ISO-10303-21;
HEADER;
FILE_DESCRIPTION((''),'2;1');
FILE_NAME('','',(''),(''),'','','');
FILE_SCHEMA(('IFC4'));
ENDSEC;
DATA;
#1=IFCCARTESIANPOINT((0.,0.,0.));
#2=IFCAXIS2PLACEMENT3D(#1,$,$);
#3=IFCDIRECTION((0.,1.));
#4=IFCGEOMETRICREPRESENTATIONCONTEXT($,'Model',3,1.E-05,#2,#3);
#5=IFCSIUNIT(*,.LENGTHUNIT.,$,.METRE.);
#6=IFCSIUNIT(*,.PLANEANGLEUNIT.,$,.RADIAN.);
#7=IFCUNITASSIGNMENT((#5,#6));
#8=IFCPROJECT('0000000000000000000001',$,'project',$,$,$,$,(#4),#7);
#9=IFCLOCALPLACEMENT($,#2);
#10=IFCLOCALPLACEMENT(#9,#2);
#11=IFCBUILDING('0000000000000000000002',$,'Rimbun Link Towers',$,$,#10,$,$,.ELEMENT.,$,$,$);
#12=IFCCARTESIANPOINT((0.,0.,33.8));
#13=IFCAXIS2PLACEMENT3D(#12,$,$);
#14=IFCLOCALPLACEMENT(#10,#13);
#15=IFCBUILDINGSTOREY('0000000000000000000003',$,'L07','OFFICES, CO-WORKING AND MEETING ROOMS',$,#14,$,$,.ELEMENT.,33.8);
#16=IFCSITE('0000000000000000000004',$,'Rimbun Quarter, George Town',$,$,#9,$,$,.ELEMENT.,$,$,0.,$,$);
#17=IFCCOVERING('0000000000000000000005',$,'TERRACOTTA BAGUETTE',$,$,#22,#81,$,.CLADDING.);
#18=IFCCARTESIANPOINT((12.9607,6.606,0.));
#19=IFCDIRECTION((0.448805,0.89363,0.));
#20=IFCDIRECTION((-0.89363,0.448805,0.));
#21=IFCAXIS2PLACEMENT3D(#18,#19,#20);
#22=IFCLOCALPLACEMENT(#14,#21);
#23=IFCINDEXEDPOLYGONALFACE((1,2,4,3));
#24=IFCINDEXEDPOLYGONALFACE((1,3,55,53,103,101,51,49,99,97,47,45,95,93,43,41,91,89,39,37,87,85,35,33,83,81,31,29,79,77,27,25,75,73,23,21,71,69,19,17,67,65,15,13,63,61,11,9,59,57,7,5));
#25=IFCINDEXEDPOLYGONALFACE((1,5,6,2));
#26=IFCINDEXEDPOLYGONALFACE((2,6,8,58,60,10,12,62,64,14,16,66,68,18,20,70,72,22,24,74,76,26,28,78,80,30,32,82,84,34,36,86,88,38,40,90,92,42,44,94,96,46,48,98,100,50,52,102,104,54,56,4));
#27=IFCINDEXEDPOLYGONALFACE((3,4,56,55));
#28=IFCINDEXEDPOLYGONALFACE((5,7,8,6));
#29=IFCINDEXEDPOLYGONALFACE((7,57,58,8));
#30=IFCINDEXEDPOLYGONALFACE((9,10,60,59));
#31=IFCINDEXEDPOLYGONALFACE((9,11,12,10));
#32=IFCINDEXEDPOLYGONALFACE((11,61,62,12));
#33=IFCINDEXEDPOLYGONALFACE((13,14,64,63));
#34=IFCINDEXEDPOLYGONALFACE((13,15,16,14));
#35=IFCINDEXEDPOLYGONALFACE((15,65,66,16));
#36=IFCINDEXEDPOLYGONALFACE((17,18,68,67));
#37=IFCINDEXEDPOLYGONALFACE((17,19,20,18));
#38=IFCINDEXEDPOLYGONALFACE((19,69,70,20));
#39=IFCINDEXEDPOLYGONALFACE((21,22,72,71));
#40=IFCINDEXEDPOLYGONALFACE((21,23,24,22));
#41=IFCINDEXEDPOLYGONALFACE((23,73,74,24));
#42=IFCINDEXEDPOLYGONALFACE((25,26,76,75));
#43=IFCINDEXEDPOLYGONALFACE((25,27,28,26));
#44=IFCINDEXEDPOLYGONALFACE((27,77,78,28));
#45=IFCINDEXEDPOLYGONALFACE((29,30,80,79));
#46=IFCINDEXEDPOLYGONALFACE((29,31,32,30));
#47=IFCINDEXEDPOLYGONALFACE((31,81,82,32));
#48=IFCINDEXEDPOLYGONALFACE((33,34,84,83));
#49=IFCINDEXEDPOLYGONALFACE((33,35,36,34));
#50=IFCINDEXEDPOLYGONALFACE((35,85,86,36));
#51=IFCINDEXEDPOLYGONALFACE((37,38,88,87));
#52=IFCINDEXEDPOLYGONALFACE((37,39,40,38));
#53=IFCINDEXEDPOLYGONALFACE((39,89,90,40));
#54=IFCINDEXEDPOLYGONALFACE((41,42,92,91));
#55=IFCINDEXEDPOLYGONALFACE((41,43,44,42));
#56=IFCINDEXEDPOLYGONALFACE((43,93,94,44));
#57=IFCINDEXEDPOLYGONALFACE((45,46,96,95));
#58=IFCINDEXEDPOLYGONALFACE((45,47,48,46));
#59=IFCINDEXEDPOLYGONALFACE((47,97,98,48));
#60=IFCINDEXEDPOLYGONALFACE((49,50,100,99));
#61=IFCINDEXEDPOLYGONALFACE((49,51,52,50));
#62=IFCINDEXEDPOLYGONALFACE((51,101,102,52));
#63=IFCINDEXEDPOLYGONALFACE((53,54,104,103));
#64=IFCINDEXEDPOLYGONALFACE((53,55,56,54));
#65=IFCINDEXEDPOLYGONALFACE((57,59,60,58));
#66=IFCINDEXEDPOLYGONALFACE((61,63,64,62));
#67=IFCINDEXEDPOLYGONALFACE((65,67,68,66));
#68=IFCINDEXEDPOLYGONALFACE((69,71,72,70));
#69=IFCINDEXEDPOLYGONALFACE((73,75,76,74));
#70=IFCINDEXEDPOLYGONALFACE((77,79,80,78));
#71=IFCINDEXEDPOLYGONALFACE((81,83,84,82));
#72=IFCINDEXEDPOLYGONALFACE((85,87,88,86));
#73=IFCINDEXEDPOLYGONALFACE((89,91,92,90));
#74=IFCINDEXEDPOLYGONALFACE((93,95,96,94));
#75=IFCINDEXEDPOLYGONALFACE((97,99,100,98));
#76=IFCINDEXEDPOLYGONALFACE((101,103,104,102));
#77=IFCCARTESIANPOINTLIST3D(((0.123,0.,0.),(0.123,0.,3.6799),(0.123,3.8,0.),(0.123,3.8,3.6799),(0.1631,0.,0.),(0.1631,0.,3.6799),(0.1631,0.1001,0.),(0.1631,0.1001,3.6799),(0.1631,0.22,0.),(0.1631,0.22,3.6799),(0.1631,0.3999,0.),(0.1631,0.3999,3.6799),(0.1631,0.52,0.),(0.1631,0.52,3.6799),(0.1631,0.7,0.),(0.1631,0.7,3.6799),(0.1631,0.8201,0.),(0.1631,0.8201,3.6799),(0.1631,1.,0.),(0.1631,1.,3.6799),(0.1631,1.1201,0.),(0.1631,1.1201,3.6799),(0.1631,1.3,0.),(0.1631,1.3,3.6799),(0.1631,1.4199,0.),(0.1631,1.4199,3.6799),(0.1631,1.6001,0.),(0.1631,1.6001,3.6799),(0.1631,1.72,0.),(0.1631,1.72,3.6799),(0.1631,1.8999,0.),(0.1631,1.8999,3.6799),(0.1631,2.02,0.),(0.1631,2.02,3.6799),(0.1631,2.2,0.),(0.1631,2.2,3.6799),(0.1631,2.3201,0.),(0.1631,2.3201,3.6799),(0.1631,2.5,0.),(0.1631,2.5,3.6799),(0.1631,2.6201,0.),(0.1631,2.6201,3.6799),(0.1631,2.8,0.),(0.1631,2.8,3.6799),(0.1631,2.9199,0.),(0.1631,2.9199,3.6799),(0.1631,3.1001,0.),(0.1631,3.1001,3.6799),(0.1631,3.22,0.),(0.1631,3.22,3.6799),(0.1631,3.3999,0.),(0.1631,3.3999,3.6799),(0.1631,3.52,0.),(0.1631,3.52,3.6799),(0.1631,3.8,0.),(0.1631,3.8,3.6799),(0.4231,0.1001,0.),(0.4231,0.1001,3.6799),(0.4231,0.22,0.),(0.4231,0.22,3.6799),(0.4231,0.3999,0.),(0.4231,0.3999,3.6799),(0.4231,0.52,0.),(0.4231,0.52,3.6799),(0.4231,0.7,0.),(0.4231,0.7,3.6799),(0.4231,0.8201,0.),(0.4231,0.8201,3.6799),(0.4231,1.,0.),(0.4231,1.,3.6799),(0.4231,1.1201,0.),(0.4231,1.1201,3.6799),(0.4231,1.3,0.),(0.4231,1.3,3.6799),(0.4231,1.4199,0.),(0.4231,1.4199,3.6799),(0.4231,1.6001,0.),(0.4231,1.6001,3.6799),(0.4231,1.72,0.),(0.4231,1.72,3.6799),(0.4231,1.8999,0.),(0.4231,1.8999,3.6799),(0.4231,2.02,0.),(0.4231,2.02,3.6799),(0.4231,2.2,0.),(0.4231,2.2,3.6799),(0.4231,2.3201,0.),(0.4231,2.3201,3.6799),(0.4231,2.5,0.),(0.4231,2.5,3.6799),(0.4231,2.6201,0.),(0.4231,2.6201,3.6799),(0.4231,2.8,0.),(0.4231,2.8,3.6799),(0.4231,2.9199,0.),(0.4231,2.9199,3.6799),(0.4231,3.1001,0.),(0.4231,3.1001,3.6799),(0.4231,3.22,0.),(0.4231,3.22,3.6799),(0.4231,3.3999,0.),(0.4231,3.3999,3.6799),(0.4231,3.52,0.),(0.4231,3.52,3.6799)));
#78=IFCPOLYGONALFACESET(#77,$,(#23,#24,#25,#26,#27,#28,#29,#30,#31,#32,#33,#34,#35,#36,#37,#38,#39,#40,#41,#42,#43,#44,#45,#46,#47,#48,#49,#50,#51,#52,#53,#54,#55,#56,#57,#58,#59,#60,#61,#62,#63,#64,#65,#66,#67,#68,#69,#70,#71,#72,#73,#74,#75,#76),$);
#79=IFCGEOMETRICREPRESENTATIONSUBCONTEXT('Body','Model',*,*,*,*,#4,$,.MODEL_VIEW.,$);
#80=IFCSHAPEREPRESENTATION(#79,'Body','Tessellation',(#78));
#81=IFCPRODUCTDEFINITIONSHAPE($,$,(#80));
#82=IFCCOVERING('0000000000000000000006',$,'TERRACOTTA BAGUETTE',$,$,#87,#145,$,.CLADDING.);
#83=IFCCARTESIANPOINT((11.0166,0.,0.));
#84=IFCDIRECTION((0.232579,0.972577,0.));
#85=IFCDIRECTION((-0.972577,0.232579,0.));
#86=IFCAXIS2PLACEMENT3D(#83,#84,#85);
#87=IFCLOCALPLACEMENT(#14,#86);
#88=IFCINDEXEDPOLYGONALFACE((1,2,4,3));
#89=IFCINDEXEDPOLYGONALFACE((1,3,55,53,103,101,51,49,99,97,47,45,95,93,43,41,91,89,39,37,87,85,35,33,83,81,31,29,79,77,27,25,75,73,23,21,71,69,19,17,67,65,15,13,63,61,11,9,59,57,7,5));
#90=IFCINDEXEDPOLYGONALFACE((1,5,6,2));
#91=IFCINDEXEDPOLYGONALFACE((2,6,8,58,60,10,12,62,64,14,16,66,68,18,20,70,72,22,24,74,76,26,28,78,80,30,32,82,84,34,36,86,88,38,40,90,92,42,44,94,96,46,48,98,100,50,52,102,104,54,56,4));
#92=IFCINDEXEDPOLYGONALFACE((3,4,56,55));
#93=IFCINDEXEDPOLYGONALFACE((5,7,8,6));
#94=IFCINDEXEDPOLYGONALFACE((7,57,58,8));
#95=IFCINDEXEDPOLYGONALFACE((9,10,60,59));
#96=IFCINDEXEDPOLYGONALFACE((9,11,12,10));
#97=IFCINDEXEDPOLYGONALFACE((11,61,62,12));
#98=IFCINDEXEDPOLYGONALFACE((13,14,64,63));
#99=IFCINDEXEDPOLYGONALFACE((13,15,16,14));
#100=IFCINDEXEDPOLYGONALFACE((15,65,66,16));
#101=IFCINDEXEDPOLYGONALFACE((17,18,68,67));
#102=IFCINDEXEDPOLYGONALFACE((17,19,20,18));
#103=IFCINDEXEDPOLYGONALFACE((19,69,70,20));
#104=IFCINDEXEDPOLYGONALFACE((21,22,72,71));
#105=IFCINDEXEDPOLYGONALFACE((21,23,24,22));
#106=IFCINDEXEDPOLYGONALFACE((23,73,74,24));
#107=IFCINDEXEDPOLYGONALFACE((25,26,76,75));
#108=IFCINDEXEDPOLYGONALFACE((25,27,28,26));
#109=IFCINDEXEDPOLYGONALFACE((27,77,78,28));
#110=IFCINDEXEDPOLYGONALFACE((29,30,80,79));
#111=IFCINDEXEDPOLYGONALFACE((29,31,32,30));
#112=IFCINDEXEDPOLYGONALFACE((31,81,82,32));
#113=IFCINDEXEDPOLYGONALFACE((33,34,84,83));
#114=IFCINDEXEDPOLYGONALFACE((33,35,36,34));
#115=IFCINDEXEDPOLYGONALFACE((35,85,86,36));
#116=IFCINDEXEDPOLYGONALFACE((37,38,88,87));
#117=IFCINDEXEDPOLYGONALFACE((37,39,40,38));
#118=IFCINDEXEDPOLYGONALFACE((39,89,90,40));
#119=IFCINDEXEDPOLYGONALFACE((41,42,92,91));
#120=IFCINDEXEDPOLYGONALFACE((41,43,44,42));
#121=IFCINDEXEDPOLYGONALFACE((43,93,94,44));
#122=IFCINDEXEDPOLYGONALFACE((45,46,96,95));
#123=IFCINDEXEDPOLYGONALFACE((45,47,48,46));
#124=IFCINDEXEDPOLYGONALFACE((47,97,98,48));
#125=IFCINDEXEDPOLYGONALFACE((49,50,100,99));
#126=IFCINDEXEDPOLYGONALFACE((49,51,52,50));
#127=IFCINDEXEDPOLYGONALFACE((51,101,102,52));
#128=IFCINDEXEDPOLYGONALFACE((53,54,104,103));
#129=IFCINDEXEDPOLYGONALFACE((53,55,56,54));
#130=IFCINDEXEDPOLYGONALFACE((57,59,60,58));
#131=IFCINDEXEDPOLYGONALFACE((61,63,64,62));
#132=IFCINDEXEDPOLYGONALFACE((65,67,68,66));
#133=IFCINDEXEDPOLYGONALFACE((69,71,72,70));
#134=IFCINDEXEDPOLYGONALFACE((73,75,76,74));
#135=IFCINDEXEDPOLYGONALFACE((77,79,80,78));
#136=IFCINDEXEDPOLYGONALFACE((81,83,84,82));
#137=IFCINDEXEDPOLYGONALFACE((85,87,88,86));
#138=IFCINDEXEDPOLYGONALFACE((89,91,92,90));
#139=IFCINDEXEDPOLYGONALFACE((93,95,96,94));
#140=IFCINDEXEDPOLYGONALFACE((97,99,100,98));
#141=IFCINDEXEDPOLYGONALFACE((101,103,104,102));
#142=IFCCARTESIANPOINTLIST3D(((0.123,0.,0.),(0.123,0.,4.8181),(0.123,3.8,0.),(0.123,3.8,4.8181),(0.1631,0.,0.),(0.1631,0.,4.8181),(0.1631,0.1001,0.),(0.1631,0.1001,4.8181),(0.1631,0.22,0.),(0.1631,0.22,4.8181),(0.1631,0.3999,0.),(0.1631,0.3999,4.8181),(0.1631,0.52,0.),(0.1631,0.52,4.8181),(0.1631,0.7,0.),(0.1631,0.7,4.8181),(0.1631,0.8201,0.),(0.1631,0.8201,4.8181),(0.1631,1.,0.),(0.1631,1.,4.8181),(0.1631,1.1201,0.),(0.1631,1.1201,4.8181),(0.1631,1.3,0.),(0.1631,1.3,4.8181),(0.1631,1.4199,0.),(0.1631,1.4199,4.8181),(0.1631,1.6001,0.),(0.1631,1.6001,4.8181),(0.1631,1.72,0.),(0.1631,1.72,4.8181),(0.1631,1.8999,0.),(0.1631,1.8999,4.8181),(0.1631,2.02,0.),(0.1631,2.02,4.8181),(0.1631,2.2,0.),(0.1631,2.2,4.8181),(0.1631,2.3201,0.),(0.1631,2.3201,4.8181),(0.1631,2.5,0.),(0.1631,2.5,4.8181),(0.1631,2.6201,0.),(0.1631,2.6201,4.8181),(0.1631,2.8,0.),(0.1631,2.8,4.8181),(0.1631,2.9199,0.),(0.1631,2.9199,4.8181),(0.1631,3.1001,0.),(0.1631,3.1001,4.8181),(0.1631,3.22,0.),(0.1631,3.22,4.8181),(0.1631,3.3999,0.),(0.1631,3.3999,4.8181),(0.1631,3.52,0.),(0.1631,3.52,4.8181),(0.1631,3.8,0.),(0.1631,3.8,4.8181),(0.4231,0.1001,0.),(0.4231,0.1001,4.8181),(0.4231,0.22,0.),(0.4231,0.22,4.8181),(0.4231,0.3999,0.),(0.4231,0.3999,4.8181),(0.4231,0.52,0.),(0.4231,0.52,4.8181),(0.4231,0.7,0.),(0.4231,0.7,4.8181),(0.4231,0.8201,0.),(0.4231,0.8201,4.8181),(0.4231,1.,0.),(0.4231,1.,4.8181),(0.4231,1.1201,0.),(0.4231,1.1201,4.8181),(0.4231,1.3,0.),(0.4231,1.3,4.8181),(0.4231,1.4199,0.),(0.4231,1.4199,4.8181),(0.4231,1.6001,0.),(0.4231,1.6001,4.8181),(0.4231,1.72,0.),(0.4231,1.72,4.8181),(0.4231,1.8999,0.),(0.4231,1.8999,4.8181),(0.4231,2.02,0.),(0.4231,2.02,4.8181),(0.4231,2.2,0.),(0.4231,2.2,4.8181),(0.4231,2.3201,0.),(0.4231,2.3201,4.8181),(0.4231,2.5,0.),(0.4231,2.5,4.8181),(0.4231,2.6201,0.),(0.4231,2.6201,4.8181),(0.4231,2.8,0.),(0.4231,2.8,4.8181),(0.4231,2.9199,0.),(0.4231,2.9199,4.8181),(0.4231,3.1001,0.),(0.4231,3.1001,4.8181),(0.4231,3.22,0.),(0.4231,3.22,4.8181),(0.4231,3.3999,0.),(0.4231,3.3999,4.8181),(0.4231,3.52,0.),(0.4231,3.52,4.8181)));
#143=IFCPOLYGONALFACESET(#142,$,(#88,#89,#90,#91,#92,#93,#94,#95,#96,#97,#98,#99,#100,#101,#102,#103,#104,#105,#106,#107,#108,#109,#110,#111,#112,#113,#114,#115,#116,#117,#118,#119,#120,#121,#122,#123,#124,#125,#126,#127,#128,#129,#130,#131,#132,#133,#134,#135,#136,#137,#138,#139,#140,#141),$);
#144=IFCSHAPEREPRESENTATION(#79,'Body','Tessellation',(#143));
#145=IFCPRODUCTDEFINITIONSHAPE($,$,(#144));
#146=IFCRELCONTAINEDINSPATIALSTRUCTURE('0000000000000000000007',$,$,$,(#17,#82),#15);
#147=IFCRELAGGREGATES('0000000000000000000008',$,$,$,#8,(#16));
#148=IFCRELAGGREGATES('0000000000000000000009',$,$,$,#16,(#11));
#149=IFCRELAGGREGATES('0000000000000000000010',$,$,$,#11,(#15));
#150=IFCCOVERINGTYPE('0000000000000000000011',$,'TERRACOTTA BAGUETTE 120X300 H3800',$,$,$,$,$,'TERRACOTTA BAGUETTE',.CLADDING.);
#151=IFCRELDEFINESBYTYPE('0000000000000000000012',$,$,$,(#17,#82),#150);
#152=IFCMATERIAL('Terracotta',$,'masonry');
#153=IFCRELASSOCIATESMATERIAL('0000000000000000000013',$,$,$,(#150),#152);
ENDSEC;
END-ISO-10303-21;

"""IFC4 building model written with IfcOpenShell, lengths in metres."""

from ifc_helpers import new_model, si_unit, direction, frame, origin, place, context, subcontext, project, spatial, polyline, outline, extrude, material, material_profile, profile_set, type_object, element, save


model = new_model("IFC4")

# Units and contexts
model_context = context("Model", 3, precision=1e-05, world=origin(), true_north=direction((0.0, 1.0)))
body_context = subcontext(model_context, "Body", "Model", "MODEL_VIEW")
ifc_project = project(units=[si_unit("LENGTHUNIT", "METRE"), si_unit("PLANEANGLEUNIT", "RADIAN")], contexts=[model_context])

# Site, building, storey
site_placement = place(None, origin())
site = spatial("IfcSite", under=ifc_project, at=site_placement, Name="Rimbun Quarter, George Town", CompositionType="ELEMENT", RefElevation=0.0)
building_placement = place(site_placement, origin())
building = spatial("IfcBuilding", under=site, at=building_placement, Name="Rimbun Link Towers", CompositionType="ELEMENT")
storey_placement = place(building_placement, frame((0.0, 0.0, 33.8)))
storey = spatial("IfcBuildingStorey", under=building, at=storey_placement, Name="L07", Description="OFFICES, CO-WORKING AND MEETING ROOMS", CompositionType="ELEMENT", Elevation=33.8)

# Coverings
ifc_material_1 = material(Name="Terracotta", Category="masonry")
ifc_material_profile_1 = material_profile(ifc_material_1, outline(polyline([(0.123, 0.0), (0.1631, 0.0), (0.1631, 0.1001), (0.4231, 0.1001), (0.4231, 0.22), (0.1631, 0.22), (0.1631, 0.3999), (0.4231, 0.3999), (0.4231, 0.52), (0.1631, 0.52), (0.1631, 0.7), (0.4231, 0.7), (0.4231, 0.8201), (0.1631, 0.8201), (0.1631, 1.0), (0.4231, 1.0), (0.4231, 1.1201), (0.1631, 1.1201), (0.1631, 1.3), (0.4231, 1.3), (0.4231, 1.4199), (0.1631, 1.4199), (0.1631, 1.6001), (0.4231, 1.6001), (0.4231, 1.72), (0.1631, 1.72), (0.1631, 1.8999), (0.4231, 1.8999), (0.4231, 2.02), (0.1631, 2.02), (0.1631, 2.2), (0.4231, 2.2), (0.4231, 2.3201), (0.1631, 2.3201), (0.1631, 2.5), (0.4231, 2.5), (0.4231, 2.6201), (0.1631, 2.6201), (0.1631, 2.8), (0.4231, 2.8), (0.4231, 2.9199), (0.1631, 2.9199), (0.1631, 3.1001), (0.4231, 3.1001), (0.4231, 3.22), (0.1631, 3.22), (0.1631, 3.3999), (0.4231, 3.3999), (0.4231, 3.52), (0.1631, 3.52), (0.1631, 3.8), (0.123, 3.8), (0.123, 0.0)])), Name="BAGUETTE 120X300")
ifc_profile_set_1 = profile_set([ifc_material_profile_1], Name="Terracotta")
covering_type_1 = type_object("IfcCoveringType", Name="TERRACOTTA BAGUETTE 120X300 H3800", ElementType="TERRACOTTA BAGUETTE", PredefinedType="CLADDING", material=ifc_profile_set_1)
covering_1_placement = place(storey_placement, frame((12.9607, 6.606, 0.0), z_axis=(0.448805, 0.89363, 0.0), x_axis=(-0.89363, 0.448805, 0.0)))
element("IfcCovering", 1, at=covering_1_placement, inside=storey, type_object=covering_type_1, Name="TERRACOTTA BAGUETTE", PredefinedType="CLADDING", context=body_context, shape_type="SweptSolid", body=[
    extrude(outline(polyline([(0.123, 0.0), (0.1631, 0.0), (0.1631, 0.1001), (0.4231, 0.1001), (0.4231, 0.22), (0.1631, 0.22), (0.1631, 0.3999), (0.4231, 0.3999), (0.4231, 0.52), (0.1631, 0.52), (0.1631, 0.7), (0.4231, 0.7), (0.4231, 0.8201), (0.1631, 0.8201), (0.1631, 1.0), (0.4231, 1.0), (0.4231, 1.1201), (0.1631, 1.1201), (0.1631, 1.3), (0.4231, 1.3), (0.4231, 1.4199), (0.1631, 1.4199), (0.1631, 1.6001), (0.4231, 1.6001), (0.4231, 1.72), (0.1631, 1.72), (0.1631, 1.8999), (0.4231, 1.8999), (0.4231, 2.02), (0.1631, 2.02), (0.1631, 2.2), (0.4231, 2.2), (0.4231, 2.3201), (0.1631, 2.3201), (0.1631, 2.5), (0.4231, 2.5), (0.4231, 2.6201), (0.1631, 2.6201), (0.1631, 2.8), (0.4231, 2.8), (0.4231, 2.9199), (0.1631, 2.9199), (0.1631, 3.1001), (0.4231, 3.1001), (0.4231, 3.22), (0.1631, 3.22), (0.1631, 3.3999), (0.4231, 3.3999), (0.4231, 3.52), (0.1631, 3.52), (0.1631, 3.8), (0.123, 3.8), (0.123, 0.0)])), origin(), (0.0, 0.0, 1.0), 3.6799),
])
covering_2_placement = place(storey_placement, frame((11.0166, 0.0, 0.0), z_axis=(0.232579, 0.972577, 0.0), x_axis=(-0.972577, 0.232579, 0.0)))
element("IfcCovering", 2, at=covering_2_placement, inside=storey, type_object=covering_type_1, Name="TERRACOTTA BAGUETTE", PredefinedType="CLADDING", context=body_context, shape_type="SweptSolid", body=[
    extrude(outline(polyline([(0.123, 0.0), (0.1631, 0.0), (0.1631, 0.1001), (0.4231, 0.1001), (0.4231, 0.22), (0.1631, 0.22), (0.1631, 0.3999), (0.4231, 0.3999), (0.4231, 0.52), (0.1631, 0.52), (0.1631, 0.7), (0.4231, 0.7), (0.4231, 0.8201), (0.1631, 0.8201), (0.1631, 1.0), (0.4231, 1.0), (0.4231, 1.1201), (0.1631, 1.1201), (0.1631, 1.3), (0.4231, 1.3), (0.4231, 1.4199), (0.1631, 1.4199), (0.1631, 1.6001), (0.4231, 1.6001), (0.4231, 1.72), (0.1631, 1.72), (0.1631, 1.8999), (0.4231, 1.8999), (0.4231, 2.02), (0.1631, 2.02), (0.1631, 2.2), (0.4231, 2.2), (0.4231, 2.3201), (0.1631, 2.3201), (0.1631, 2.5), (0.4231, 2.5), (0.4231, 2.6201), (0.1631, 2.6201), (0.1631, 2.8), (0.4231, 2.8), (0.4231, 2.9199), (0.1631, 2.9199), (0.1631, 3.1001), (0.4231, 3.1001), (0.4231, 3.22), (0.1631, 3.22), (0.1631, 3.3999), (0.4231, 3.3999), (0.4231, 3.52), (0.1631, 3.52), (0.1631, 3.8), (0.123, 3.8), (0.123, 0.0)])), origin(), (0.0, 0.0, 1.0), 4.8181),
])

save(model, "model.ifc")
